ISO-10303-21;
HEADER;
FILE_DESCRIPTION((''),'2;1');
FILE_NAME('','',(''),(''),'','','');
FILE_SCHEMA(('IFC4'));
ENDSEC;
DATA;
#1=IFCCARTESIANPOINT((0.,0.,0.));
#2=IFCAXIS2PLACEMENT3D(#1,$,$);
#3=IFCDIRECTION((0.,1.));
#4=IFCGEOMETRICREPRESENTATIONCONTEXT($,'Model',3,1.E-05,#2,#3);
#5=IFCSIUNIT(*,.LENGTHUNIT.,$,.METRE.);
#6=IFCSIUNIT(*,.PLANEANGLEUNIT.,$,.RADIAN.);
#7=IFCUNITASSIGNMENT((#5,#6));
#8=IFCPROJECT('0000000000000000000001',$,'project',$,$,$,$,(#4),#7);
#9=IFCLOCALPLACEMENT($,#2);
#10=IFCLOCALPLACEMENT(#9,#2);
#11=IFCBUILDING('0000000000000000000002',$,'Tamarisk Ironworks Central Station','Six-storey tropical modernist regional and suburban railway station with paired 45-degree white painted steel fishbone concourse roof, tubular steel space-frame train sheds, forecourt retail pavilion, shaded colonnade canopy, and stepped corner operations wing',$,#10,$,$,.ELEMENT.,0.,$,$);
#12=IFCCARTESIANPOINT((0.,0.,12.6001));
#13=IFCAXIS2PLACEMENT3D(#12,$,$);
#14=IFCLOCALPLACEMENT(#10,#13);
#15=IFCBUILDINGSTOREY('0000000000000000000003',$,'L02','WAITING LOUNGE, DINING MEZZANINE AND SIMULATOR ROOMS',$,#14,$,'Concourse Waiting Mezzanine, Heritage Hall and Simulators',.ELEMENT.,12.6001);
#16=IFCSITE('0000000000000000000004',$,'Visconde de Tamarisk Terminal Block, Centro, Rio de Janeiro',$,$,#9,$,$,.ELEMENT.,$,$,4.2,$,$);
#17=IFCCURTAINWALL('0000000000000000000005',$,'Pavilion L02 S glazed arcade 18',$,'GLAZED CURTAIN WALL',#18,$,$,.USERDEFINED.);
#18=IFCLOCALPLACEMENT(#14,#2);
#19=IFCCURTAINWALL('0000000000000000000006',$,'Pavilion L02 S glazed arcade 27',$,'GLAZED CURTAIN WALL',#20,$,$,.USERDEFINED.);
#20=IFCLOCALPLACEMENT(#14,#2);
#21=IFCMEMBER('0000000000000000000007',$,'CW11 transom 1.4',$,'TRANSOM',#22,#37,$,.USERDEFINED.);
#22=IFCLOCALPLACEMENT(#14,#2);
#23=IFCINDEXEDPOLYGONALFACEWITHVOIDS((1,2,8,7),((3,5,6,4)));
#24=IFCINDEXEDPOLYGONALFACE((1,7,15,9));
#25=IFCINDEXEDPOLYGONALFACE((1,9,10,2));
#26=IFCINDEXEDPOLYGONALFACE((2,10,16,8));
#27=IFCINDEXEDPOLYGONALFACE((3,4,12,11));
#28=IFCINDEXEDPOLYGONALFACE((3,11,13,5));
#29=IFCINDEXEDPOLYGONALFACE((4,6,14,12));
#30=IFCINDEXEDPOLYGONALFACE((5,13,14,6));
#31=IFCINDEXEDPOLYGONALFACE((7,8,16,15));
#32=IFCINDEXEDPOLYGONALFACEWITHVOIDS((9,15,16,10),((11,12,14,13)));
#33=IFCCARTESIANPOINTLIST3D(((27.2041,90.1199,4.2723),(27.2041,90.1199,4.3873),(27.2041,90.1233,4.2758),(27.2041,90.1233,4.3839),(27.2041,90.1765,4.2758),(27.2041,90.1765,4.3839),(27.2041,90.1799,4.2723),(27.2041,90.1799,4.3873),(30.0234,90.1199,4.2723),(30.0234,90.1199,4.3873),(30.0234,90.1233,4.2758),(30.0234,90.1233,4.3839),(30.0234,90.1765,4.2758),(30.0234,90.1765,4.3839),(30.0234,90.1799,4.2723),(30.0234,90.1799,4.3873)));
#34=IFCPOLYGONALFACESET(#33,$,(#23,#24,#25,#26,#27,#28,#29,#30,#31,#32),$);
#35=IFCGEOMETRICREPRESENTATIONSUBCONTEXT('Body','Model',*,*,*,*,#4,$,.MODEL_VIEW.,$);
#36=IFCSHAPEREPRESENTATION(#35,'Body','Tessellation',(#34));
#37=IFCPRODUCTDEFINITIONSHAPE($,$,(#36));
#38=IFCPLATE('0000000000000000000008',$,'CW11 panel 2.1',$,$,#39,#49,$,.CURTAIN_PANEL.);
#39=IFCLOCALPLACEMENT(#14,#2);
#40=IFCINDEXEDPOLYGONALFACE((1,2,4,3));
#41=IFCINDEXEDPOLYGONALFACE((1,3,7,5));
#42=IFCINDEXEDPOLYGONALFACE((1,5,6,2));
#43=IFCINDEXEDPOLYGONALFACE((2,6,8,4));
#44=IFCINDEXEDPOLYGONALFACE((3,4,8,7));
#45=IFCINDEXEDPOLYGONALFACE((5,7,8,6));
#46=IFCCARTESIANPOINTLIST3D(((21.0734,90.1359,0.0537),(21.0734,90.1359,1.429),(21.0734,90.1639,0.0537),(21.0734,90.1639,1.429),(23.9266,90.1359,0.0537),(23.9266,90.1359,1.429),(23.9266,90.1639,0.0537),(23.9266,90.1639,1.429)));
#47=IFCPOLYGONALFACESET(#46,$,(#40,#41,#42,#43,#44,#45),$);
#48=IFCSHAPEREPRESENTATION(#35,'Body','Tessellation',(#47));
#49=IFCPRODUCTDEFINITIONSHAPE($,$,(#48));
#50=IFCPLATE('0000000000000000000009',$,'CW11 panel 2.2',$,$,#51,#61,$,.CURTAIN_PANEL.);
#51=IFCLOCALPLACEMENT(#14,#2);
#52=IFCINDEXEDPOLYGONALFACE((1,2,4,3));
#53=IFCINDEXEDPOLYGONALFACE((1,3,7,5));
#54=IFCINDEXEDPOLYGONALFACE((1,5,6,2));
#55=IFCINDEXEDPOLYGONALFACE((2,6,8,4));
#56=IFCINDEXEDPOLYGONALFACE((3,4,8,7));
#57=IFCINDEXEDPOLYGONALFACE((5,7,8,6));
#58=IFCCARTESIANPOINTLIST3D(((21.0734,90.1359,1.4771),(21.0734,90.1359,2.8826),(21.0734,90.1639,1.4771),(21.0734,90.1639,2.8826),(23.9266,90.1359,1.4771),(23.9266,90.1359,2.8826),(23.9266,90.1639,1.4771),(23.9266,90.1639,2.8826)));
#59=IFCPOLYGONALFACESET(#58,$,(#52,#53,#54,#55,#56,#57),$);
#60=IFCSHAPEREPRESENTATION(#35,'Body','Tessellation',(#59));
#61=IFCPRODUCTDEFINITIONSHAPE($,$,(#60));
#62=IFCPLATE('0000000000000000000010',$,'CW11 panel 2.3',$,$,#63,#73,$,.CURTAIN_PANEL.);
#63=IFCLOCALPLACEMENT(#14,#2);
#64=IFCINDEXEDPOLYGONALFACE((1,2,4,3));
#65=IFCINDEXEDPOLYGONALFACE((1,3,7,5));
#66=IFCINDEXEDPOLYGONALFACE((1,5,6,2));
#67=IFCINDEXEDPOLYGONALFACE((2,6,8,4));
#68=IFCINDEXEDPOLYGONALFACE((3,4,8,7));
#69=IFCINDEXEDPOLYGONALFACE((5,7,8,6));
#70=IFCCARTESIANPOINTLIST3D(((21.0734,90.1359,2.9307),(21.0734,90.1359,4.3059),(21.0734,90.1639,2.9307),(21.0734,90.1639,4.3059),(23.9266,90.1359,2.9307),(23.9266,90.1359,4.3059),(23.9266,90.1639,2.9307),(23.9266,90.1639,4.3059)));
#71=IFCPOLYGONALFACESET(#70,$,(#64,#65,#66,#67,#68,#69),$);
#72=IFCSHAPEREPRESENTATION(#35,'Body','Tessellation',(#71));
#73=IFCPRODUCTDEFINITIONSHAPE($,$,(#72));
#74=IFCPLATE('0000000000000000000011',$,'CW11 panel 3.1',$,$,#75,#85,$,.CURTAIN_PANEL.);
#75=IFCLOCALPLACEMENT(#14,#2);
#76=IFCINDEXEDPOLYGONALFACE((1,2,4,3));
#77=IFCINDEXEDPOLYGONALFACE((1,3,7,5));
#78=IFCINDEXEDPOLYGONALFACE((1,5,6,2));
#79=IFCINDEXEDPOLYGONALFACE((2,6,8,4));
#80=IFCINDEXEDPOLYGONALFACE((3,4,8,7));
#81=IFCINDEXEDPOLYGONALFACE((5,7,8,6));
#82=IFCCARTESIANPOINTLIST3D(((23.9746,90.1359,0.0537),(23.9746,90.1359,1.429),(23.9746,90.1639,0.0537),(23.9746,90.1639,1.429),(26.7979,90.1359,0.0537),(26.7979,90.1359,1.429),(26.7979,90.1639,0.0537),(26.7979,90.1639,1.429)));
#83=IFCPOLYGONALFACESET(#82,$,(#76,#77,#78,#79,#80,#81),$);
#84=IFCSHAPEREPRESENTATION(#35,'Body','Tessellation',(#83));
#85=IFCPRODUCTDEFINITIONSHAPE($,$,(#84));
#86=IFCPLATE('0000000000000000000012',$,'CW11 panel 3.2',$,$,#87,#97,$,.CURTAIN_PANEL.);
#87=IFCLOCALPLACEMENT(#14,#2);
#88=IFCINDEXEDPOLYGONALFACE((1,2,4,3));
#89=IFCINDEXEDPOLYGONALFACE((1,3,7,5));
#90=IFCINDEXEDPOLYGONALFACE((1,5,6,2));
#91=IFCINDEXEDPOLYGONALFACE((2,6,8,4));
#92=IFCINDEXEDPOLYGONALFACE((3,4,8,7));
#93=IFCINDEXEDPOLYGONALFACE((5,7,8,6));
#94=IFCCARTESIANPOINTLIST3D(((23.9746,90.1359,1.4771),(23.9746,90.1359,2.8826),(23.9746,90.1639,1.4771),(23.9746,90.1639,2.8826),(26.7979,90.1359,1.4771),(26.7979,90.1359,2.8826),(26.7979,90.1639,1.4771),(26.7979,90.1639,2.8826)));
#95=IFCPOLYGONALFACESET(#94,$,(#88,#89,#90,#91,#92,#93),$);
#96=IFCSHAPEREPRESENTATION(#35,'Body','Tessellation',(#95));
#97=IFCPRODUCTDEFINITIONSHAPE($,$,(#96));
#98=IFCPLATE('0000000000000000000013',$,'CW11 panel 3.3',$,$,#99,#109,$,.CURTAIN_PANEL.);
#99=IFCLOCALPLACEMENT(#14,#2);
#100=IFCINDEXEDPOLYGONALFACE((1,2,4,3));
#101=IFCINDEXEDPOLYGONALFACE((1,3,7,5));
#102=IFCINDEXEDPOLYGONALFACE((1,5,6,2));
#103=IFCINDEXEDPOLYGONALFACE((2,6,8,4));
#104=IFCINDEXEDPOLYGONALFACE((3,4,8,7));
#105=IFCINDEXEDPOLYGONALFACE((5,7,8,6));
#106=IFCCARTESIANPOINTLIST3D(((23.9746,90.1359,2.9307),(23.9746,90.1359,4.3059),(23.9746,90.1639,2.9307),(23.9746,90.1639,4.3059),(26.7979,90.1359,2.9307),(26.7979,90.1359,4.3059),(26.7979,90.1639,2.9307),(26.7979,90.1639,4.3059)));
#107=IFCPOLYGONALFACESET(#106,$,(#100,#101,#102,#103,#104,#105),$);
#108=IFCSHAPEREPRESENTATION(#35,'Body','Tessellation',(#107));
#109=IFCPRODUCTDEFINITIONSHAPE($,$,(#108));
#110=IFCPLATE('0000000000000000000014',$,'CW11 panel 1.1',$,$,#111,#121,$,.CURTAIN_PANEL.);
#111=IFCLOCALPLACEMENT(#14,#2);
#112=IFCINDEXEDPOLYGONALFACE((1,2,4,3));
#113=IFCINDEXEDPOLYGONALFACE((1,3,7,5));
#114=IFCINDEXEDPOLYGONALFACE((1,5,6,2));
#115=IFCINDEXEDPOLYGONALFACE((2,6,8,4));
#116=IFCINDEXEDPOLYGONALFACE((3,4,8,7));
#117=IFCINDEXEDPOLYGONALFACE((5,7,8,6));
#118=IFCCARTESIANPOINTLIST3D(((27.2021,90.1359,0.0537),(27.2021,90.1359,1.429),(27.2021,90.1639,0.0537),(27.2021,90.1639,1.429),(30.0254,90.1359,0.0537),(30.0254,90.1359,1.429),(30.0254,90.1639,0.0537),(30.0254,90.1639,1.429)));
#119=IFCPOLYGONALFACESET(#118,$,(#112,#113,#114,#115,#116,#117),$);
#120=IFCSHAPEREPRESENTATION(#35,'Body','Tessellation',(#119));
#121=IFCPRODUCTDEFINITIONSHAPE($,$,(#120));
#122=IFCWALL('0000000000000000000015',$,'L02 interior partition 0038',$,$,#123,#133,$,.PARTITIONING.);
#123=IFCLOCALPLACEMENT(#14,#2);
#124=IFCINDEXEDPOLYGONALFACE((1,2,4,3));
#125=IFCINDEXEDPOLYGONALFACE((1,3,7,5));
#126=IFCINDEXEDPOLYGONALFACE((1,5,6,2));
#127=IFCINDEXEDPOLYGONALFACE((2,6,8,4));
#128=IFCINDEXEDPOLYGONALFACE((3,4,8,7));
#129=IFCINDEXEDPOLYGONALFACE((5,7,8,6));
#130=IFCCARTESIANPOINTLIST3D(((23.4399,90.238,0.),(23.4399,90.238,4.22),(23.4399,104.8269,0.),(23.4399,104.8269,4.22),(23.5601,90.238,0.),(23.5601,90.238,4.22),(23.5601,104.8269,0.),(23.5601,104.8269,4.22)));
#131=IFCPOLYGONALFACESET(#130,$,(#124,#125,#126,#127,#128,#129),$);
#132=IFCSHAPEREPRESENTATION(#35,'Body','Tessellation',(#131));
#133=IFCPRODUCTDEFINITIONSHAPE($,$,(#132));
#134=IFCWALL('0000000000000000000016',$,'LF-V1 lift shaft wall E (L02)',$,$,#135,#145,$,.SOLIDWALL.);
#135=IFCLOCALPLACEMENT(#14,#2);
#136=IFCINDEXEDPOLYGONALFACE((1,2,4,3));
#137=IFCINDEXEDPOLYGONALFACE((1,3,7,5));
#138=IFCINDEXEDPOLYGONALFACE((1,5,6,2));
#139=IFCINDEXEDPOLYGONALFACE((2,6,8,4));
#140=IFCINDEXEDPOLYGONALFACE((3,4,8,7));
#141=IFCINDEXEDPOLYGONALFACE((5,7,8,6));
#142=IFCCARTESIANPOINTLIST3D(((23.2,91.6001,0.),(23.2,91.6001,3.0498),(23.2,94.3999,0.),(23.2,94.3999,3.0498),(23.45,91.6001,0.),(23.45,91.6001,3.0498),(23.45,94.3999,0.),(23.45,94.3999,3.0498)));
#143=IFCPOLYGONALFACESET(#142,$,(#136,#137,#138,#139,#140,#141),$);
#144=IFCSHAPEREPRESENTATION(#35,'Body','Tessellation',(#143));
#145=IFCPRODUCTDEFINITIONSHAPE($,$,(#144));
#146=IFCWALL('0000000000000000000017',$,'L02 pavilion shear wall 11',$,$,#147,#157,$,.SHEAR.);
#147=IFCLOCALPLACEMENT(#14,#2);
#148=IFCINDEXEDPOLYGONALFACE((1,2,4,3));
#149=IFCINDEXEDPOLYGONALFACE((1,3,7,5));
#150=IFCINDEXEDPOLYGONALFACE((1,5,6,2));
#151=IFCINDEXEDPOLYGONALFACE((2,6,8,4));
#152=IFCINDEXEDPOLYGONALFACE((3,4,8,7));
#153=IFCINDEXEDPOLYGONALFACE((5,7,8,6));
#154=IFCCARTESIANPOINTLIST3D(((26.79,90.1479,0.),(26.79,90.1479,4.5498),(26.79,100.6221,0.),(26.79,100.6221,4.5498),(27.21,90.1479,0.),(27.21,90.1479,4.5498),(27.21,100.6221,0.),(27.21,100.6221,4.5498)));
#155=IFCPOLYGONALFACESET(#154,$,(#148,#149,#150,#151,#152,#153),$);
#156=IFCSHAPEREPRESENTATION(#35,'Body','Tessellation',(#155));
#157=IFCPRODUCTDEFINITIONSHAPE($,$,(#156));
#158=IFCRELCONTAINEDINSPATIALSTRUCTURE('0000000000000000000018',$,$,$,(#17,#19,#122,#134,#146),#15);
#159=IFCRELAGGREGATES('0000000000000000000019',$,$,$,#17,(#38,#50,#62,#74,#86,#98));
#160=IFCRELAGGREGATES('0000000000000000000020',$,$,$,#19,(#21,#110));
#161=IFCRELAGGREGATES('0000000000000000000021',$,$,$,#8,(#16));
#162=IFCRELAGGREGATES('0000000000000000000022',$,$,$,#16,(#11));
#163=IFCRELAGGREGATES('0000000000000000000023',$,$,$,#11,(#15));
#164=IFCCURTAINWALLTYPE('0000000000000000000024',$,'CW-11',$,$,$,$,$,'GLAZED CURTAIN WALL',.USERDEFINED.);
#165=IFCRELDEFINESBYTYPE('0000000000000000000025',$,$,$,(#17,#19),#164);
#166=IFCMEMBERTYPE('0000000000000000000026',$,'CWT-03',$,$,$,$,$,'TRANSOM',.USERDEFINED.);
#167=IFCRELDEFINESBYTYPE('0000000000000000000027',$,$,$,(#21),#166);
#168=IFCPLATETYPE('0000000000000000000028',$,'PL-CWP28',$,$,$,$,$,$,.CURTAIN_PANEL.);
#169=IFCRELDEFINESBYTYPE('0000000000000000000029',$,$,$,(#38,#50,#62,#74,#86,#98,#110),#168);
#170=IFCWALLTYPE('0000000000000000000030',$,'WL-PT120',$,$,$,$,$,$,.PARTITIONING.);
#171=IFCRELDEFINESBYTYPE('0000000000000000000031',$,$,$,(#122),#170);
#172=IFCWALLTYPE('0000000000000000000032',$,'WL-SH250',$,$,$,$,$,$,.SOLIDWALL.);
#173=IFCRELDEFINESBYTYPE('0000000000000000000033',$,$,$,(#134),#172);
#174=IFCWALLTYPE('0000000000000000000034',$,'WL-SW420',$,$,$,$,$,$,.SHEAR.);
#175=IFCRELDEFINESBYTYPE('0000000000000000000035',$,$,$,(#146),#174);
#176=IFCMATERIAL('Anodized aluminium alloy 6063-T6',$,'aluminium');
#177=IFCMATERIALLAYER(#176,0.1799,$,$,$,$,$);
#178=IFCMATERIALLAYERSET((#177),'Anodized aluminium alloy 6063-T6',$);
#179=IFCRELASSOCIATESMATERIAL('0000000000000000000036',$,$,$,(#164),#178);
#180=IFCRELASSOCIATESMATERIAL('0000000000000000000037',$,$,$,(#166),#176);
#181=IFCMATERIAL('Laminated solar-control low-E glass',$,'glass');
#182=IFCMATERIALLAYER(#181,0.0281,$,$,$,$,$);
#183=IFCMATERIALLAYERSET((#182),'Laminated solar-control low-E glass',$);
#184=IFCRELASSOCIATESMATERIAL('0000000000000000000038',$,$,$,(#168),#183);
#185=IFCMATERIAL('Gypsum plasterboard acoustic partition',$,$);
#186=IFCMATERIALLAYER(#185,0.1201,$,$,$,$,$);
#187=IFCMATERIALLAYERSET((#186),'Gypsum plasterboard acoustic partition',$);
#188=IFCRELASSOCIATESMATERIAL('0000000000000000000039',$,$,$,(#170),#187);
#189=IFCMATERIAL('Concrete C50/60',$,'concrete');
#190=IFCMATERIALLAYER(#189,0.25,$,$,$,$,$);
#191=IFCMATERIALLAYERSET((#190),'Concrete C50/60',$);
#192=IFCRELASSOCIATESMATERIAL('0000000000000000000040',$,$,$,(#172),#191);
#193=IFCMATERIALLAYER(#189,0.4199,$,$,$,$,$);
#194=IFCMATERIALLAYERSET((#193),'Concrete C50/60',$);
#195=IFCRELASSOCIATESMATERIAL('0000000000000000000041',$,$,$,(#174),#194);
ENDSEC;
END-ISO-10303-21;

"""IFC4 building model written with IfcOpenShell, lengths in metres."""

from ifc_helpers import new_model, si_unit, direction, frame, frame_2d, origin, origin_2d, place, context, subcontext, project, spatial, rectangle, hollow_rectangle, extrude, material, layer, layer_set, material_profile, profile_set, type_object, element, aggregate, save


model = new_model("IFC4")

# Units and contexts
model_context = context("Model", 3, precision=1e-05, world=origin(), true_north=direction((0.0, 1.0)))
body_context = subcontext(model_context, "Body", "Model", "MODEL_VIEW")
ifc_project = project(units=[si_unit("LENGTHUNIT", "METRE"), si_unit("PLANEANGLEUNIT", "RADIAN")], contexts=[model_context])

# Site, building, storey
site_placement = place(None, origin())
site = spatial("IfcSite", under=ifc_project, at=site_placement, Name="Visconde de Tamarisk Terminal Block, Centro, Rio de Janeiro", CompositionType="ELEMENT", RefElevation=4.2)
building_placement = place(site_placement, origin())
building = spatial("IfcBuilding", under=site, at=building_placement, Name="Tamarisk Ironworks Central Station", Description="Six-storey tropical modernist regional and suburban railway station with paired 45-degree white painted steel fishbone concourse roof, tubular steel space-frame train sheds, forecourt retail pavilion, shaded colonnade canopy, and stepped corner operations wing", CompositionType="ELEMENT", ElevationOfRefHeight=0.0)
storey_placement = place(building_placement, frame((0.0, 0.0, 12.6001)))
storey = spatial("IfcBuildingStorey", under=building, at=storey_placement, Name="L02", Description="WAITING LOUNGE, DINING MEZZANINE AND SIMULATOR ROOMS", LongName="Concourse Waiting Mezzanine, Heritage Hall and Simulators", CompositionType="ELEMENT", Elevation=12.6001)

# Curtain wall
ifc_material_1 = material(Name="Anodized aluminium alloy 6063-T6", Category="aluminium")
ifc_layer_1 = layer(ifc_material_1, 0.1799)
ifc_layer_set_1 = layer_set([ifc_layer_1], Name="Anodized aluminium alloy 6063-T6")
curtain_wall_type = type_object("IfcCurtainWallType", Name="CW-11", ElementType="GLAZED CURTAIN WALL", PredefinedType="USERDEFINED", material=ifc_layer_set_1)
curtain_wall_1_placement = place(storey_placement, origin())
curtain_wall_1 = element("IfcCurtainWall", 1, at=curtain_wall_1_placement, inside=storey, type_object=curtain_wall_type, Name="Pavilion L02 S glazed arcade 18", ObjectType="GLAZED CURTAIN WALL", PredefinedType="USERDEFINED")

# Curtain wall
curtain_wall_2_placement = place(storey_placement, origin())
curtain_wall_2 = element("IfcCurtainWall", 2, at=curtain_wall_2_placement, inside=storey, type_object=curtain_wall_type, Name="Pavilion L02 S glazed arcade 27", ObjectType="GLAZED CURTAIN WALL", PredefinedType="USERDEFINED")

# Member
ifc_material_profile_1 = material_profile(ifc_material_1, hollow_rectangle(XDim=0.0601, YDim=0.115, WallThickness=0.0034, at=origin_2d()), Name="ALUM 115x60")
ifc_profile_set_1 = profile_set([ifc_material_profile_1], Name="Anodized aluminium alloy 6063-T6")
member_type_1 = type_object("IfcMemberType", Name="CWT-03", ElementType="TRANSOM", PredefinedType="USERDEFINED", material=ifc_profile_set_1)
member_1_placement = place(storey_placement, frame((27.2041, 90.1499, 4.3298), z_axis=(1.0, 0.0, 0.0), x_axis=(0.0, 1.0, 0.0)))
member_1 = element("IfcMember", 3, at=member_1_placement, type_object=member_type_1, Name="CW11 transom 1.4", ObjectType="TRANSOM", PredefinedType="USERDEFINED", context=body_context, shape_type="SweptSolid", body=[
    extrude(hollow_rectangle(XDim=0.0601, YDim=0.115, WallThickness=0.0034, at=origin_2d()), origin(), (0.0, 0.0, 1.0), 2.8193),
])

# Plates
ifc_material_2 = material(Name="Laminated solar-control low-E glass", Category="glass")
ifc_layer_2 = layer(ifc_material_2, 0.0281)
ifc_layer_set_2 = layer_set([ifc_layer_2], Name="Laminated solar-control low-E glass")
plate_type = type_object("IfcPlateType", Name="PL-CWP28", PredefinedType="CURTAIN_PANEL", material=ifc_layer_set_2)
plate_1_placement = place(storey_placement, frame((22.5, 90.1499, 0.0537), z_axis=(0.0, 0.0, 1.0), x_axis=(1.0, 0.0, 0.0)))
plate_1 = element("IfcPlate", 4, at=plate_1_placement, type_object=plate_type, Name="CW11 panel 2.1", PredefinedType="CURTAIN_PANEL", context=body_context, shape_type="SweptSolid", body=[
    extrude(rectangle(XDim=2.8533, YDim=0.0281, at=origin_2d()), origin(), (0.0, 0.0, 1.0), 1.3752),
])
plate_2_placement = place(storey_placement, frame((22.5, 90.1499, 1.4771), z_axis=(0.0, 0.0, 1.0), x_axis=(1.0, 0.0, 0.0)))
plate_2 = element("IfcPlate", 5, at=plate_2_placement, type_object=plate_type, Name="CW11 panel 2.2", PredefinedType="CURTAIN_PANEL", context=body_context, shape_type="SweptSolid", body=[
    extrude(rectangle(XDim=2.8533, YDim=0.0281, at=origin_2d()), origin(), (0.0, 0.0, 1.0), 1.4055),
])
plate_3_placement = place(storey_placement, frame((22.5, 90.1499, 2.9307), z_axis=(0.0, 0.0, 1.0), x_axis=(1.0, 0.0, 0.0)))
plate_3 = element("IfcPlate", 6, at=plate_3_placement, type_object=plate_type, Name="CW11 panel 2.3", PredefinedType="CURTAIN_PANEL", context=body_context, shape_type="SweptSolid", body=[
    extrude(rectangle(XDim=2.8533, YDim=0.0281, at=origin_2d()), origin(), (0.0, 0.0, 1.0), 1.3752),
])
plate_4_placement = place(storey_placement, frame((25.3862, 90.1499, 0.0537), z_axis=(0.0, 0.0, 1.0), x_axis=(1.0, 0.0, 0.0)))
plate_4 = element("IfcPlate", 7, at=plate_4_placement, type_object=plate_type, Name="CW11 panel 3.1", PredefinedType="CURTAIN_PANEL", context=body_context, shape_type="SweptSolid", body=[
    extrude(rectangle(XDim=2.8232, YDim=0.0281, at=origin_2d()), origin(), (0.0, 0.0, 1.0), 1.3752),
])
plate_5_placement = place(storey_placement, frame((25.3862, 90.1499, 1.4771), z_axis=(0.0, 0.0, 1.0), x_axis=(1.0, 0.0, 0.0)))
plate_5 = element("IfcPlate", 8, at=plate_5_placement, type_object=plate_type, Name="CW11 panel 3.2", PredefinedType="CURTAIN_PANEL", context=body_context, shape_type="SweptSolid", body=[
    extrude(rectangle(XDim=2.8232, YDim=0.0281, at=origin_2d()), origin(), (0.0, 0.0, 1.0), 1.4055),
])
plate_6_placement = place(storey_placement, frame((25.3862, 90.1499, 2.9307), z_axis=(0.0, 0.0, 1.0), x_axis=(1.0, 0.0, 0.0)))
plate_6 = element("IfcPlate", 9, at=plate_6_placement, type_object=plate_type, Name="CW11 panel 3.3", PredefinedType="CURTAIN_PANEL", context=body_context, shape_type="SweptSolid", body=[
    extrude(rectangle(XDim=2.8232, YDim=0.0281, at=origin_2d()), origin(), (0.0, 0.0, 1.0), 1.3752),
])
aggregate(curtain_wall_1, [plate_1, plate_2, plate_3, plate_4, plate_5, plate_6])
plate_7_placement = place(storey_placement, frame((28.6138, 90.1499, 0.0537), z_axis=(0.0, 0.0, 1.0), x_axis=(1.0, 0.0, 0.0)))
plate_7 = element("IfcPlate", 10, at=plate_7_placement, type_object=plate_type, Name="CW11 panel 1.1", PredefinedType="CURTAIN_PANEL", context=body_context, shape_type="SweptSolid", body=[
    extrude(rectangle(XDim=2.8232, YDim=0.0281, at=origin_2d()), origin(), (0.0, 0.0, 1.0), 1.3752),
])
aggregate(curtain_wall_2, [member_1, plate_7])

# Walls
ifc_material_3 = material(Name="Gypsum plasterboard acoustic partition")
ifc_layer_3 = layer(ifc_material_3, 0.1201)
ifc_layer_set_3 = layer_set([ifc_layer_3], Name="Gypsum plasterboard acoustic partition")
wall_type_1 = type_object("IfcWallType", Name="WL-PT120", PredefinedType="PARTITIONING", material=ifc_layer_set_3)
wall_1_placement = place(storey_placement, frame((23.5, 90.238, 0.0), z_axis=(0.0, 0.0, 1.0), x_axis=(0.0, 1.0, 0.0)))
element("IfcWall", 11, at=wall_1_placement, inside=storey, type_object=wall_type_1, Name="L02 interior partition 0038", PredefinedType="PARTITIONING", context=body_context, shape_type="SweptSolid", body=[
    extrude(rectangle(XDim=14.5889, YDim=0.1201, at=frame_2d((7.2944, 0.0))), origin(), (0.0, 0.0, 1.0), 4.22),
])
ifc_material_4 = material(Name="Concrete C50/60", Category="concrete")
ifc_layer_4 = layer(ifc_material_4, 0.25)
ifc_layer_set_4 = layer_set([ifc_layer_4], Name="Concrete C50/60")
wall_type_2 = type_object("IfcWallType", Name="WL-SH250", PredefinedType="SOLIDWALL", material=ifc_layer_set_4)
wall_2_placement = place(storey_placement, frame((23.325, 91.6001, 0.0), z_axis=(0.0, 0.0, 1.0), x_axis=(0.0, 1.0, 0.0)))
element("IfcWall", 12, at=wall_2_placement, inside=storey, type_object=wall_type_2, Name="LF-V1 lift shaft wall E (L02)", PredefinedType="SOLIDWALL", context=body_context, shape_type="SweptSolid", body=[
    extrude(rectangle(XDim=2.7998, YDim=0.25, at=frame_2d((1.3999, 0.0))), origin(), (0.0, 0.0, 1.0), 3.0498),
])
ifc_layer_5 = layer(ifc_material_4, 0.4199)
ifc_layer_set_5 = layer_set([ifc_layer_5], Name="Concrete C50/60")
wall_type_3 = type_object("IfcWallType", Name="WL-SW420", PredefinedType="SHEAR", material=ifc_layer_set_5)
wall_3_placement = place(storey_placement, frame((27.0, 90.1479, 0.0), z_axis=(0.0, 0.0, 1.0), x_axis=(0.0, 1.0, 0.0)))
element("IfcWall", 13, at=wall_3_placement, inside=storey, type_object=wall_type_3, Name="L02 pavilion shear wall 11", PredefinedType="SHEAR", context=body_context, shape_type="SweptSolid", body=[
    extrude(rectangle(XDim=10.4741, YDim=0.4199, at=frame_2d((5.2371, 0.0))), origin(), (0.0, 0.0, 1.0), 4.5498),
])

save(model, "model.ifc")
